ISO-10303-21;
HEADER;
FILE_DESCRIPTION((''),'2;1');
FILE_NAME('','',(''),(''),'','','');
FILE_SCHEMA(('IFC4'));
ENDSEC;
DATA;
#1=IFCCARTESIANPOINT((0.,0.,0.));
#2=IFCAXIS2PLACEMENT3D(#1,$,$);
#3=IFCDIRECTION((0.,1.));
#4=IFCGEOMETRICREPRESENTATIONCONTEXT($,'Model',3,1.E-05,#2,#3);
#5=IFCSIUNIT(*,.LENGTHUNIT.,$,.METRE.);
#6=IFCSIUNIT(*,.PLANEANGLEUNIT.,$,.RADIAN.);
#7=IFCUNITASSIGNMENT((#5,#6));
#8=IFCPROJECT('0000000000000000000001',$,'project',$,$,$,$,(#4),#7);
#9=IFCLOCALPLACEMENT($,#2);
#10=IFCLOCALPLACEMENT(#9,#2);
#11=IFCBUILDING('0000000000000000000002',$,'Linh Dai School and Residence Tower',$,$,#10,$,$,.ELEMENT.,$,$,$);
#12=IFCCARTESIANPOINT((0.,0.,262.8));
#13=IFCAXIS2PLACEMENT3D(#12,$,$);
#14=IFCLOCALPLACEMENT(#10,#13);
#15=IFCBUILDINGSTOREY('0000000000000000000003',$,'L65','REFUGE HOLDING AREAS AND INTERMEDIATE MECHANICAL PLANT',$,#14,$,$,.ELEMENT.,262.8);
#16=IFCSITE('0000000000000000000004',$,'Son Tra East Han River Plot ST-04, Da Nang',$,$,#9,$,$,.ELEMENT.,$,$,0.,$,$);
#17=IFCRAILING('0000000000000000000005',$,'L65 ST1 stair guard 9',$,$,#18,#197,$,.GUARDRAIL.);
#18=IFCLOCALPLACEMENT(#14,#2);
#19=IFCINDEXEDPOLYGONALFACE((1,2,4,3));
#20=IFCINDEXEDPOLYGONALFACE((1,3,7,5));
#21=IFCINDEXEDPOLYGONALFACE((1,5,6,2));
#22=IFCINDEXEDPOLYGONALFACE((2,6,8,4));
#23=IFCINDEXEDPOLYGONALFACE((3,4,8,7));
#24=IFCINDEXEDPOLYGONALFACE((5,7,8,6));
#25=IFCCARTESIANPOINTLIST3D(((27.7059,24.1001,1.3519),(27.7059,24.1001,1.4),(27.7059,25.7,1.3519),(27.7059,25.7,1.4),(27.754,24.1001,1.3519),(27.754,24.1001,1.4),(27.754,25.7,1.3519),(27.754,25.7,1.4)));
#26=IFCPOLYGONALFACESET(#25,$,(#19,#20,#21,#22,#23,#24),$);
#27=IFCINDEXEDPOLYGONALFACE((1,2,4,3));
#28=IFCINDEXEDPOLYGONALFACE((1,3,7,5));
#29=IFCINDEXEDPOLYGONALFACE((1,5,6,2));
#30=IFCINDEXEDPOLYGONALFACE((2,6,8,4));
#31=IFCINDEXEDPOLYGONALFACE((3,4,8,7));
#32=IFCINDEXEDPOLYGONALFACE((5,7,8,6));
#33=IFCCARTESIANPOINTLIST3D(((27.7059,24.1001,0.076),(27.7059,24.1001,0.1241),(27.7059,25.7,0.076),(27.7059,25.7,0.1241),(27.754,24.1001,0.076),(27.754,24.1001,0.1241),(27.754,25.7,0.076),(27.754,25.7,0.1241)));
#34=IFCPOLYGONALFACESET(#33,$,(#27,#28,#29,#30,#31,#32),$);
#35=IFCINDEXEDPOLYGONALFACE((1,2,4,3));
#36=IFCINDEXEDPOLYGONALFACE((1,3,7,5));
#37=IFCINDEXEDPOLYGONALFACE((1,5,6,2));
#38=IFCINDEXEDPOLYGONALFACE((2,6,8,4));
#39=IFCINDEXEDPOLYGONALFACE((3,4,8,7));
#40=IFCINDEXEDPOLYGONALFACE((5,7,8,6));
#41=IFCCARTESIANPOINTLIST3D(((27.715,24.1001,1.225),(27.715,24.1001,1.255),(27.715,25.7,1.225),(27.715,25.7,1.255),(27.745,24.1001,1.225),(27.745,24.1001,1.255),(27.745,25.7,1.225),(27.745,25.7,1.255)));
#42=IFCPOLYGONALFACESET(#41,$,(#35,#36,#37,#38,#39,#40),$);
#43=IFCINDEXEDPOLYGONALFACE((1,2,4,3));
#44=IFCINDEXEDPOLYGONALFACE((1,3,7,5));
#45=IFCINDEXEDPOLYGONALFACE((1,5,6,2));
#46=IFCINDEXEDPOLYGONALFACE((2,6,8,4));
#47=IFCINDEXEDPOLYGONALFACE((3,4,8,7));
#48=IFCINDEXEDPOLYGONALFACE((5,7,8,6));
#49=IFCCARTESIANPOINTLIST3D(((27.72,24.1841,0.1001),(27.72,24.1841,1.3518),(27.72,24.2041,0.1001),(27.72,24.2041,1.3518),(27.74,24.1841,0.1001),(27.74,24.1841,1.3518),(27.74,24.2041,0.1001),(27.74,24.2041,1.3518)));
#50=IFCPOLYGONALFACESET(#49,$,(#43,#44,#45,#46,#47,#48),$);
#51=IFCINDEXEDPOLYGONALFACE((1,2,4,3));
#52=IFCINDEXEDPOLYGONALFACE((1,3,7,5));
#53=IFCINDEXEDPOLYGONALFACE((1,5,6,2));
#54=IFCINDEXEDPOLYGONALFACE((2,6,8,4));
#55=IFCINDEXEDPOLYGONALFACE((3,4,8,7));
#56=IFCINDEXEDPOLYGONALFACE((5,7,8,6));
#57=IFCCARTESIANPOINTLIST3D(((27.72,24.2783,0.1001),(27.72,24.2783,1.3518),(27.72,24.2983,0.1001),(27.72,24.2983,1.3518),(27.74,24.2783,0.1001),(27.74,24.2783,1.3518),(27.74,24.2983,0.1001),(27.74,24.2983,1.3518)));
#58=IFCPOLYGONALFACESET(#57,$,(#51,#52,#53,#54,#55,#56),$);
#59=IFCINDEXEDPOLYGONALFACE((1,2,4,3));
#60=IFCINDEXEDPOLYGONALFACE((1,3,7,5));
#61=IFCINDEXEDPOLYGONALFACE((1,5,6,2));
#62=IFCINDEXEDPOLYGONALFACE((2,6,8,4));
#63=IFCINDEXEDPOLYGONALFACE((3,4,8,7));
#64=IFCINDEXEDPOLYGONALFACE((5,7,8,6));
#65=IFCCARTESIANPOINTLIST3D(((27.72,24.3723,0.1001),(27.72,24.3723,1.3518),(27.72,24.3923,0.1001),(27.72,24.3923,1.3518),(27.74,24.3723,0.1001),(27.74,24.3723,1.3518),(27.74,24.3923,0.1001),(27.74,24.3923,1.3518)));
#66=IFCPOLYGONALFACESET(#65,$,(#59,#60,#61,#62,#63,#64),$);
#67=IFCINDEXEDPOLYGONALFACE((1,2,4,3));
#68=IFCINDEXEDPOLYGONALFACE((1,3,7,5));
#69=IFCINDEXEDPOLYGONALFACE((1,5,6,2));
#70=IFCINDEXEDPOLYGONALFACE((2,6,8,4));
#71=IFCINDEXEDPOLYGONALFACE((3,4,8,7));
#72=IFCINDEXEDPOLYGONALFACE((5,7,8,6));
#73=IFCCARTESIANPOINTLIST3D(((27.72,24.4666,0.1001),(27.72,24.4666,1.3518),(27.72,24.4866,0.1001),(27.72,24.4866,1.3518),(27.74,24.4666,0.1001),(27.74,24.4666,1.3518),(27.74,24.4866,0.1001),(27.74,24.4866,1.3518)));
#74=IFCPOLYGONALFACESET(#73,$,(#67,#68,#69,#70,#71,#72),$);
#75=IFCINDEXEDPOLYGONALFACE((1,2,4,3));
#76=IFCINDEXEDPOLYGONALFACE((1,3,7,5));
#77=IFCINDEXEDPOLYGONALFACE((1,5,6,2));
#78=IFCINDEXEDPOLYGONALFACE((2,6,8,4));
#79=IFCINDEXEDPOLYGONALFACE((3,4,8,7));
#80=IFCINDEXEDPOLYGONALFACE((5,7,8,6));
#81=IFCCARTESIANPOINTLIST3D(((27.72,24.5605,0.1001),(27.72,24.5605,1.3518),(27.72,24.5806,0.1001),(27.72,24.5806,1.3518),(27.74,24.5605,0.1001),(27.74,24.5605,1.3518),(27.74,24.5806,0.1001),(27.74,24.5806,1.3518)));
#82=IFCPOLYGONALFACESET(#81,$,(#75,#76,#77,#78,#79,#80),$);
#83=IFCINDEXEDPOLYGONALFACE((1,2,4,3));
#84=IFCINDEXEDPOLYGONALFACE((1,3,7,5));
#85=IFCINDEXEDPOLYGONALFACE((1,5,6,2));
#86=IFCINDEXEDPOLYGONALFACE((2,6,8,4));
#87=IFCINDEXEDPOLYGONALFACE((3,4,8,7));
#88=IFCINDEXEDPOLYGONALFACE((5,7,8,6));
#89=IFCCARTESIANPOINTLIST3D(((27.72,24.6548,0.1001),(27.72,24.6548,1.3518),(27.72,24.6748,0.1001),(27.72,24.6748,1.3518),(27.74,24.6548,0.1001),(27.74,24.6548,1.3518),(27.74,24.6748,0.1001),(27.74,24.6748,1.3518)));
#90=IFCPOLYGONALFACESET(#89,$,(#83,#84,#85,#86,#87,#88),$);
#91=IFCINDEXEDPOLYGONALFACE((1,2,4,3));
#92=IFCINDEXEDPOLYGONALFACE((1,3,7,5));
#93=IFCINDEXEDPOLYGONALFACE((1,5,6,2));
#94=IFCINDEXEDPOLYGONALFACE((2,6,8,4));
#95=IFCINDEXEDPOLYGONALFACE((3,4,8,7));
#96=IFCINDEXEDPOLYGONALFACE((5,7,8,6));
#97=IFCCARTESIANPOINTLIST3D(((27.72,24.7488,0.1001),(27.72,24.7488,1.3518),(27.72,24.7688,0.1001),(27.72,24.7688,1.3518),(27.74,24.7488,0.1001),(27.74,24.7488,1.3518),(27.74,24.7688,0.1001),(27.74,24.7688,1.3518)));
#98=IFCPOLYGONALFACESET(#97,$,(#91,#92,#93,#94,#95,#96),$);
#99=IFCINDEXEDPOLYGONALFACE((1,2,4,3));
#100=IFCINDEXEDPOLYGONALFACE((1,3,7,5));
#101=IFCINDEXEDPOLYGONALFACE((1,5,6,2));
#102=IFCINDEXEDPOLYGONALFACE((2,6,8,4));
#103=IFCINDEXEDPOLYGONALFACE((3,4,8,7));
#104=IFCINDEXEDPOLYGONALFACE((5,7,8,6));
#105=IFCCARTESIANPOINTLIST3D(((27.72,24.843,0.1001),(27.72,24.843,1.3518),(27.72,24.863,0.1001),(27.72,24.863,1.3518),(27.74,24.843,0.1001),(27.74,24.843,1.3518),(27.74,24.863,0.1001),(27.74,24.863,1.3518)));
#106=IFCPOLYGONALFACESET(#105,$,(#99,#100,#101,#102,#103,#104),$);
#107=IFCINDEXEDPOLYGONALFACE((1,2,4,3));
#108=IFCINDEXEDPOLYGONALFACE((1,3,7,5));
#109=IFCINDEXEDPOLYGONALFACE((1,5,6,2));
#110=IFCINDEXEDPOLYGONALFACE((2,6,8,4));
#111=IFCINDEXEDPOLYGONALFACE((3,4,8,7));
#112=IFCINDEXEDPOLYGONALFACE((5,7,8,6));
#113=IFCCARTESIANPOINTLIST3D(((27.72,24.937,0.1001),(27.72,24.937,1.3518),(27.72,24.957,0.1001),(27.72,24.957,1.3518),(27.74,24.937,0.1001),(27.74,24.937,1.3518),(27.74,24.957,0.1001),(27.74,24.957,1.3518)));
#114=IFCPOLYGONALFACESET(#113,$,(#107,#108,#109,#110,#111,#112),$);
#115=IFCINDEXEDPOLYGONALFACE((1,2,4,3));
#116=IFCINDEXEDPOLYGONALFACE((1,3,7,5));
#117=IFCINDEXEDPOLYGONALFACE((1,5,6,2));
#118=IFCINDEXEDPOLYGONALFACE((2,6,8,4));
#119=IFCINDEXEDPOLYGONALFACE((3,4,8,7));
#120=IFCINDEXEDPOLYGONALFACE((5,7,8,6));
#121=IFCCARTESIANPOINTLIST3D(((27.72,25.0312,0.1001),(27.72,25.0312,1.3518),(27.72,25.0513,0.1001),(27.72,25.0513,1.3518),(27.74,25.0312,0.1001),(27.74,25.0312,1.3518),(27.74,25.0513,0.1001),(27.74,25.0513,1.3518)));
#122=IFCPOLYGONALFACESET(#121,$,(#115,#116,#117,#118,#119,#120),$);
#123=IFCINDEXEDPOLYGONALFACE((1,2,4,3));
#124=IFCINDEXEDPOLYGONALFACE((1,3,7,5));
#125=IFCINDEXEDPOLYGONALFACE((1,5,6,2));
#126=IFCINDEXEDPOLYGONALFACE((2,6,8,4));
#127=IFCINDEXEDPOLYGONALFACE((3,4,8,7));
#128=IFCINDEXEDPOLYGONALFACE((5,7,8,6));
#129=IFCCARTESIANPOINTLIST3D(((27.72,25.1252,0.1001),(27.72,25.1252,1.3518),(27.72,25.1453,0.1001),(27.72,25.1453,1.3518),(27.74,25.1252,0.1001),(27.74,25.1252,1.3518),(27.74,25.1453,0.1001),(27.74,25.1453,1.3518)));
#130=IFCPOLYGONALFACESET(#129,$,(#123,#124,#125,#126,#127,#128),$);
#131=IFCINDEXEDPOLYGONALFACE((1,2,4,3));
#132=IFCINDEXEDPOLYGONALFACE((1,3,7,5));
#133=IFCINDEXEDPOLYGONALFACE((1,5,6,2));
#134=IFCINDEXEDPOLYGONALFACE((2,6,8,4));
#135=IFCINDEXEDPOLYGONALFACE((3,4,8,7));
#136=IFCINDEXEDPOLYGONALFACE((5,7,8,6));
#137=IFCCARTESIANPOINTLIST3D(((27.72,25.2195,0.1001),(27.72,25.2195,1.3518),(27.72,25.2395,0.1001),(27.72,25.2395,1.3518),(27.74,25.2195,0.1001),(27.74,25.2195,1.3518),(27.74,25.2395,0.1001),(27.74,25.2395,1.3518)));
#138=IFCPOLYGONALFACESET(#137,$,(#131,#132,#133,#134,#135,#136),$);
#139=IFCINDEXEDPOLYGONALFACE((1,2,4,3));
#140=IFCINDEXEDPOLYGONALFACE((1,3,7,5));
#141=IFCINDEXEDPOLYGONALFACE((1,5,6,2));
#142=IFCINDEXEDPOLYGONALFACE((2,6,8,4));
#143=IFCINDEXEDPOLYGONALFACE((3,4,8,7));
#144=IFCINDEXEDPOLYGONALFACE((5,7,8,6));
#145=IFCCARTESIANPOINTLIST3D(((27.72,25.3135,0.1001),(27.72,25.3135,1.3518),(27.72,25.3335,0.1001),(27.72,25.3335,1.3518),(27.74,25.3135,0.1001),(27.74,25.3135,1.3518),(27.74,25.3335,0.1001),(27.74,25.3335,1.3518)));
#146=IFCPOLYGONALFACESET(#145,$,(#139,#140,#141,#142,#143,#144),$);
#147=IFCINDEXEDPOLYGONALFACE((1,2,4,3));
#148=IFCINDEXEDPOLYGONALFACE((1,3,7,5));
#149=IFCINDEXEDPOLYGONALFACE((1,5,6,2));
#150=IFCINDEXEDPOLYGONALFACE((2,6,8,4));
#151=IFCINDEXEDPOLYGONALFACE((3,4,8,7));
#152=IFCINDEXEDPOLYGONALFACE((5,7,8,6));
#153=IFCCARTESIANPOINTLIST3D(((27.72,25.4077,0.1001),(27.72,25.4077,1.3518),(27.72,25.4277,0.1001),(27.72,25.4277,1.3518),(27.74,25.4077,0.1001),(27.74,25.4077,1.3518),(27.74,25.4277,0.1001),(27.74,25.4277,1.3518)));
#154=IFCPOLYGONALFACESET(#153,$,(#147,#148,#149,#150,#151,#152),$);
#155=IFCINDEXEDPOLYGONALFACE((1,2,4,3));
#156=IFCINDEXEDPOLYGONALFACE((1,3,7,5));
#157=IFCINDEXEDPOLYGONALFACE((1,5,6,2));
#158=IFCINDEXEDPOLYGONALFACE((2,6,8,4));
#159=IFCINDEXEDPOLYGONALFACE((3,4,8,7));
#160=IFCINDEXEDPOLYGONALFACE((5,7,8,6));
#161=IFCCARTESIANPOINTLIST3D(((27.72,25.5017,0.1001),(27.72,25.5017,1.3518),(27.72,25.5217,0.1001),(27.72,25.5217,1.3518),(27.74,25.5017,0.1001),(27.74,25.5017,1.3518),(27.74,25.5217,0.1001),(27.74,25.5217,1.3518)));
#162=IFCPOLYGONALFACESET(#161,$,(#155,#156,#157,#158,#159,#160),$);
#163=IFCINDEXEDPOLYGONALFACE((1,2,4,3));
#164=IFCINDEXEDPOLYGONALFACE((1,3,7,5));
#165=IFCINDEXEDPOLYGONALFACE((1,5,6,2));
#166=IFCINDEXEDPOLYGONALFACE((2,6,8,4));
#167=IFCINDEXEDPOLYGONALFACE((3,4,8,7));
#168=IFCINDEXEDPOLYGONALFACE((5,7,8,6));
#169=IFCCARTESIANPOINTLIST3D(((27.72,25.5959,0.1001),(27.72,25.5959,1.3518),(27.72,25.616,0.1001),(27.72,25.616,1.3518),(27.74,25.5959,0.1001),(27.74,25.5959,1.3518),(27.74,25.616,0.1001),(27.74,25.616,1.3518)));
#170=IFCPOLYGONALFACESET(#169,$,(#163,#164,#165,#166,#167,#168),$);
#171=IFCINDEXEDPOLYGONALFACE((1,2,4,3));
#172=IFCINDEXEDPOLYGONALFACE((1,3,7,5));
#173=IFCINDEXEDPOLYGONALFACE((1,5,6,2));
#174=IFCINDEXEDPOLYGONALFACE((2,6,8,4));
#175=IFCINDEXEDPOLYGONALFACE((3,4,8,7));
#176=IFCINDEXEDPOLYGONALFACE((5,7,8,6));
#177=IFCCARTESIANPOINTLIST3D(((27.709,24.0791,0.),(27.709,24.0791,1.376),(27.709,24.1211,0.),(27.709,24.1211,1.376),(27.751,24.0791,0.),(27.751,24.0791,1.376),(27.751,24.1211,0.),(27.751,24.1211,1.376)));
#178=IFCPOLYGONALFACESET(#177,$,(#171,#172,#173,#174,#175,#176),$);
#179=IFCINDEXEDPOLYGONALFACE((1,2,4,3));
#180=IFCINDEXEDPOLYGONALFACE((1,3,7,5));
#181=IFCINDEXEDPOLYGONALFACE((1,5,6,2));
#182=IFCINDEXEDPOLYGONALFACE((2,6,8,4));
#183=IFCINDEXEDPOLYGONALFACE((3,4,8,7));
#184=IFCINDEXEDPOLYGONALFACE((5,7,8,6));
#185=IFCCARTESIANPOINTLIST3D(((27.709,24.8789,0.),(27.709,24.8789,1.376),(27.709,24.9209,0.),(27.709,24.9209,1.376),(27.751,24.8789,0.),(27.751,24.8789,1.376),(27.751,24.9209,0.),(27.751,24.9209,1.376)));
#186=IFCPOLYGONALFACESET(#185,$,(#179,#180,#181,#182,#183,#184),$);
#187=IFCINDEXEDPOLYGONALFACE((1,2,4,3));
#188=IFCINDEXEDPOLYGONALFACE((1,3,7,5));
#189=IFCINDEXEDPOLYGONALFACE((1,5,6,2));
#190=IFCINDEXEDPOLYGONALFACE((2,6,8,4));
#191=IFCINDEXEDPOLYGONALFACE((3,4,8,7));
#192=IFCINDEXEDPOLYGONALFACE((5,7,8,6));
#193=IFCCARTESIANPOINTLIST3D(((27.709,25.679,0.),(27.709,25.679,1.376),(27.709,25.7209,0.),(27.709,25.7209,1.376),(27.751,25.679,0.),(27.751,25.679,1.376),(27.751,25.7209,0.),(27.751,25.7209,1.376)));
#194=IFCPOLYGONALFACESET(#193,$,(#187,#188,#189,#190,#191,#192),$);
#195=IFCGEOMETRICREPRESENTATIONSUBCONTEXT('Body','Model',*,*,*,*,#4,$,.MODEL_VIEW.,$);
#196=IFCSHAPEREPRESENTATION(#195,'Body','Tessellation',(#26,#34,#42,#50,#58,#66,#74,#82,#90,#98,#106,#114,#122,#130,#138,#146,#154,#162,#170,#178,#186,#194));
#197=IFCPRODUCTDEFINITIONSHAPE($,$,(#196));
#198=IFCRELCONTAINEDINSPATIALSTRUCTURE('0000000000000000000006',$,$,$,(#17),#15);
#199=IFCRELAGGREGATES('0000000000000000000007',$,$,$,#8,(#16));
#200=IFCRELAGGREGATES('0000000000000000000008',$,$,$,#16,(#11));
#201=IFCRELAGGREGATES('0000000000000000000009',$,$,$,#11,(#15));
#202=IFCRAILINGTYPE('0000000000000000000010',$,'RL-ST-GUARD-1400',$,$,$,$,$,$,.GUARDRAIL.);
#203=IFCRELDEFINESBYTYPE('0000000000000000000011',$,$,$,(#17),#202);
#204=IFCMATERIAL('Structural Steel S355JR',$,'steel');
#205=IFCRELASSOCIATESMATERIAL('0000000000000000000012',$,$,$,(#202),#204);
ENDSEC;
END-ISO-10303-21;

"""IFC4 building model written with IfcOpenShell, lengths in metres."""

from ifc_helpers import new_model, si_unit, direction, frame, origin, origin_2d, place, context, subcontext, project, spatial, rectangle, extrude, source, transform, mapped, material, type_object, element, save


model = new_model("IFC4")

# Units and contexts
model_context = context("Model", 3, precision=1e-05, world=origin(), true_north=direction((0.0, 1.0)))
body_context = subcontext(model_context, "Body", "Model", "MODEL_VIEW")
ifc_project = project(units=[si_unit("LENGTHUNIT", "METRE"), si_unit("PLANEANGLEUNIT", "RADIAN")], contexts=[model_context])

# Site, building, storey
site_placement = place(None, origin())
site = spatial("IfcSite", under=ifc_project, at=site_placement, Name="Son Tra East Han River Plot ST-04, Da Nang", CompositionType="ELEMENT", RefElevation=0.0)
building_placement = place(site_placement, origin())
building = spatial("IfcBuilding", under=site, at=building_placement, Name="Linh Dai School and Residence Tower", CompositionType="ELEMENT")
storey_placement = place(building_placement, frame((0.0, 0.0, 262.8)))
storey = spatial("IfcBuildingStorey", under=building, at=storey_placement, Name="L65", Description="REFUGE HOLDING AREAS AND INTERMEDIATE MECHANICAL PLANT", CompositionType="ELEMENT", Elevation=262.8)

# Shared definitions
ifc_material_1 = material(Name="Structural Steel S355JR", Category="steel")

# Railing
railing_type_1 = type_object("IfcRailingType", Name="RL-ST-GUARD-1400", PredefinedType="GUARDRAIL", material=ifc_material_1)
shared_shape_1 = source(origin(), body_context, "Body", "SweptSolid", [
    extrude(rectangle(XDim=0.0481, YDim=0.0481, at=origin_2d()), frame((0.0, 0.0, 1.376), z_axis=(0.0, 1.0, 0.0), x_axis=(-1.0, 0.0, 0.0)), (0.0, 0.0, 1.0), 1.5999),
    extrude(rectangle(XDim=0.0481, YDim=0.0481, at=origin_2d()), frame((0.0, 0.0, 0.1001), z_axis=(0.0, 1.0, 0.0), x_axis=(-1.0, 0.0, 0.0)), (0.0, 0.0, 1.0), 1.5999),
    extrude(rectangle(XDim=0.03, YDim=0.03, at=origin_2d()), frame((0.0, 0.0, 1.24), z_axis=(0.0, 1.0, 0.0), x_axis=(-1.0, 0.0, 0.0)), (0.0, 0.0, 1.0), 1.5999),
    extrude(rectangle(XDim=0.02, YDim=0.02, at=origin_2d()), frame((0.0, 0.094, 0.1001)), (0.0, 0.0, 1.0), 1.2517),
    extrude(rectangle(XDim=0.02, YDim=0.02, at=origin_2d()), frame((0.0, 0.1882, 0.1001)), (0.0, 0.0, 1.0), 1.2517),
    extrude(rectangle(XDim=0.02, YDim=0.02, at=origin_2d()), frame((0.0, 0.2822, 0.1001)), (0.0, 0.0, 1.0), 1.2517),
    extrude(rectangle(XDim=0.02, YDim=0.02, at=origin_2d()), frame((0.0, 0.3765, 0.1001)), (0.0, 0.0, 1.0), 1.2517),
    extrude(rectangle(XDim=0.02, YDim=0.02, at=origin_2d()), frame((0.0, 0.4705, 0.1001)), (0.0, 0.0, 1.0), 1.2517),
    extrude(rectangle(XDim=0.02, YDim=0.02, at=origin_2d()), frame((0.0, 0.5647, 0.1001)), (0.0, 0.0, 1.0), 1.2517),
    extrude(rectangle(XDim=0.02, YDim=0.02, at=origin_2d()), frame((0.0, 0.6587, 0.1001)), (0.0, 0.0, 1.0), 1.2517),
    extrude(rectangle(XDim=0.02, YDim=0.02, at=origin_2d()), frame((0.0, 0.7529, 0.1001)), (0.0, 0.0, 1.0), 1.2517),
    extrude(rectangle(XDim=0.02, YDim=0.02, at=origin_2d()), frame((0.0, 0.8469, 0.1001)), (0.0, 0.0, 1.0), 1.2517),
    extrude(rectangle(XDim=0.02, YDim=0.02, at=origin_2d()), frame((0.0, 0.9412, 0.1001)), (0.0, 0.0, 1.0), 1.2517),
    extrude(rectangle(XDim=0.02, YDim=0.02, at=origin_2d()), frame((0.0, 1.0352, 0.1001)), (0.0, 0.0, 1.0), 1.2517),
    extrude(rectangle(XDim=0.02, YDim=0.02, at=origin_2d()), frame((0.0, 1.1294, 0.1001)), (0.0, 0.0, 1.0), 1.2517),
    extrude(rectangle(XDim=0.02, YDim=0.02, at=origin_2d()), frame((0.0, 1.2234, 0.1001)), (0.0, 0.0, 1.0), 1.2517),
    extrude(rectangle(XDim=0.02, YDim=0.02, at=origin_2d()), frame((0.0, 1.3176, 0.1001)), (0.0, 0.0, 1.0), 1.2517),
    extrude(rectangle(XDim=0.02, YDim=0.02, at=origin_2d()), frame((0.0, 1.4116, 0.1001)), (0.0, 0.0, 1.0), 1.2517),
    extrude(rectangle(XDim=0.02, YDim=0.02, at=origin_2d()), frame((0.0, 1.5059, 0.1001)), (0.0, 0.0, 1.0), 1.2517),
    extrude(rectangle(XDim=0.042, YDim=0.042, at=origin_2d()), origin(), (0.0, 0.0, 1.0), 1.376),
    extrude(rectangle(XDim=0.042, YDim=0.042, at=origin_2d()), frame((0.0, 0.7998, 0.0)), (0.0, 0.0, 1.0), 1.376),
    extrude(rectangle(XDim=0.042, YDim=0.042, at=origin_2d()), frame((0.0, 1.5999, 0.0)), (0.0, 0.0, 1.0), 1.376),
])
for number, where, name in (
    (1, (27.73, 24.1001, 0.0), "L65 ST1 stair guard 9"),
):
    element("IfcRailing", number, at=place(storey_placement, frame(where)), inside=storey, type_object=railing_type_1, Name=name, PredefinedType="GUARDRAIL", context=body_context, shape_type="MappedRepresentation", body=[
        mapped(shared_shape_1, transform((0.0, 0.0, 0.0), x_axis=(1.0, 0.0, 0.0), y_axis=(0.0, 1.0, 0.0), z_axis=(0.0, 0.0, 1.0), scale=1.0)),
    ])

save(model, "model.ifc")
